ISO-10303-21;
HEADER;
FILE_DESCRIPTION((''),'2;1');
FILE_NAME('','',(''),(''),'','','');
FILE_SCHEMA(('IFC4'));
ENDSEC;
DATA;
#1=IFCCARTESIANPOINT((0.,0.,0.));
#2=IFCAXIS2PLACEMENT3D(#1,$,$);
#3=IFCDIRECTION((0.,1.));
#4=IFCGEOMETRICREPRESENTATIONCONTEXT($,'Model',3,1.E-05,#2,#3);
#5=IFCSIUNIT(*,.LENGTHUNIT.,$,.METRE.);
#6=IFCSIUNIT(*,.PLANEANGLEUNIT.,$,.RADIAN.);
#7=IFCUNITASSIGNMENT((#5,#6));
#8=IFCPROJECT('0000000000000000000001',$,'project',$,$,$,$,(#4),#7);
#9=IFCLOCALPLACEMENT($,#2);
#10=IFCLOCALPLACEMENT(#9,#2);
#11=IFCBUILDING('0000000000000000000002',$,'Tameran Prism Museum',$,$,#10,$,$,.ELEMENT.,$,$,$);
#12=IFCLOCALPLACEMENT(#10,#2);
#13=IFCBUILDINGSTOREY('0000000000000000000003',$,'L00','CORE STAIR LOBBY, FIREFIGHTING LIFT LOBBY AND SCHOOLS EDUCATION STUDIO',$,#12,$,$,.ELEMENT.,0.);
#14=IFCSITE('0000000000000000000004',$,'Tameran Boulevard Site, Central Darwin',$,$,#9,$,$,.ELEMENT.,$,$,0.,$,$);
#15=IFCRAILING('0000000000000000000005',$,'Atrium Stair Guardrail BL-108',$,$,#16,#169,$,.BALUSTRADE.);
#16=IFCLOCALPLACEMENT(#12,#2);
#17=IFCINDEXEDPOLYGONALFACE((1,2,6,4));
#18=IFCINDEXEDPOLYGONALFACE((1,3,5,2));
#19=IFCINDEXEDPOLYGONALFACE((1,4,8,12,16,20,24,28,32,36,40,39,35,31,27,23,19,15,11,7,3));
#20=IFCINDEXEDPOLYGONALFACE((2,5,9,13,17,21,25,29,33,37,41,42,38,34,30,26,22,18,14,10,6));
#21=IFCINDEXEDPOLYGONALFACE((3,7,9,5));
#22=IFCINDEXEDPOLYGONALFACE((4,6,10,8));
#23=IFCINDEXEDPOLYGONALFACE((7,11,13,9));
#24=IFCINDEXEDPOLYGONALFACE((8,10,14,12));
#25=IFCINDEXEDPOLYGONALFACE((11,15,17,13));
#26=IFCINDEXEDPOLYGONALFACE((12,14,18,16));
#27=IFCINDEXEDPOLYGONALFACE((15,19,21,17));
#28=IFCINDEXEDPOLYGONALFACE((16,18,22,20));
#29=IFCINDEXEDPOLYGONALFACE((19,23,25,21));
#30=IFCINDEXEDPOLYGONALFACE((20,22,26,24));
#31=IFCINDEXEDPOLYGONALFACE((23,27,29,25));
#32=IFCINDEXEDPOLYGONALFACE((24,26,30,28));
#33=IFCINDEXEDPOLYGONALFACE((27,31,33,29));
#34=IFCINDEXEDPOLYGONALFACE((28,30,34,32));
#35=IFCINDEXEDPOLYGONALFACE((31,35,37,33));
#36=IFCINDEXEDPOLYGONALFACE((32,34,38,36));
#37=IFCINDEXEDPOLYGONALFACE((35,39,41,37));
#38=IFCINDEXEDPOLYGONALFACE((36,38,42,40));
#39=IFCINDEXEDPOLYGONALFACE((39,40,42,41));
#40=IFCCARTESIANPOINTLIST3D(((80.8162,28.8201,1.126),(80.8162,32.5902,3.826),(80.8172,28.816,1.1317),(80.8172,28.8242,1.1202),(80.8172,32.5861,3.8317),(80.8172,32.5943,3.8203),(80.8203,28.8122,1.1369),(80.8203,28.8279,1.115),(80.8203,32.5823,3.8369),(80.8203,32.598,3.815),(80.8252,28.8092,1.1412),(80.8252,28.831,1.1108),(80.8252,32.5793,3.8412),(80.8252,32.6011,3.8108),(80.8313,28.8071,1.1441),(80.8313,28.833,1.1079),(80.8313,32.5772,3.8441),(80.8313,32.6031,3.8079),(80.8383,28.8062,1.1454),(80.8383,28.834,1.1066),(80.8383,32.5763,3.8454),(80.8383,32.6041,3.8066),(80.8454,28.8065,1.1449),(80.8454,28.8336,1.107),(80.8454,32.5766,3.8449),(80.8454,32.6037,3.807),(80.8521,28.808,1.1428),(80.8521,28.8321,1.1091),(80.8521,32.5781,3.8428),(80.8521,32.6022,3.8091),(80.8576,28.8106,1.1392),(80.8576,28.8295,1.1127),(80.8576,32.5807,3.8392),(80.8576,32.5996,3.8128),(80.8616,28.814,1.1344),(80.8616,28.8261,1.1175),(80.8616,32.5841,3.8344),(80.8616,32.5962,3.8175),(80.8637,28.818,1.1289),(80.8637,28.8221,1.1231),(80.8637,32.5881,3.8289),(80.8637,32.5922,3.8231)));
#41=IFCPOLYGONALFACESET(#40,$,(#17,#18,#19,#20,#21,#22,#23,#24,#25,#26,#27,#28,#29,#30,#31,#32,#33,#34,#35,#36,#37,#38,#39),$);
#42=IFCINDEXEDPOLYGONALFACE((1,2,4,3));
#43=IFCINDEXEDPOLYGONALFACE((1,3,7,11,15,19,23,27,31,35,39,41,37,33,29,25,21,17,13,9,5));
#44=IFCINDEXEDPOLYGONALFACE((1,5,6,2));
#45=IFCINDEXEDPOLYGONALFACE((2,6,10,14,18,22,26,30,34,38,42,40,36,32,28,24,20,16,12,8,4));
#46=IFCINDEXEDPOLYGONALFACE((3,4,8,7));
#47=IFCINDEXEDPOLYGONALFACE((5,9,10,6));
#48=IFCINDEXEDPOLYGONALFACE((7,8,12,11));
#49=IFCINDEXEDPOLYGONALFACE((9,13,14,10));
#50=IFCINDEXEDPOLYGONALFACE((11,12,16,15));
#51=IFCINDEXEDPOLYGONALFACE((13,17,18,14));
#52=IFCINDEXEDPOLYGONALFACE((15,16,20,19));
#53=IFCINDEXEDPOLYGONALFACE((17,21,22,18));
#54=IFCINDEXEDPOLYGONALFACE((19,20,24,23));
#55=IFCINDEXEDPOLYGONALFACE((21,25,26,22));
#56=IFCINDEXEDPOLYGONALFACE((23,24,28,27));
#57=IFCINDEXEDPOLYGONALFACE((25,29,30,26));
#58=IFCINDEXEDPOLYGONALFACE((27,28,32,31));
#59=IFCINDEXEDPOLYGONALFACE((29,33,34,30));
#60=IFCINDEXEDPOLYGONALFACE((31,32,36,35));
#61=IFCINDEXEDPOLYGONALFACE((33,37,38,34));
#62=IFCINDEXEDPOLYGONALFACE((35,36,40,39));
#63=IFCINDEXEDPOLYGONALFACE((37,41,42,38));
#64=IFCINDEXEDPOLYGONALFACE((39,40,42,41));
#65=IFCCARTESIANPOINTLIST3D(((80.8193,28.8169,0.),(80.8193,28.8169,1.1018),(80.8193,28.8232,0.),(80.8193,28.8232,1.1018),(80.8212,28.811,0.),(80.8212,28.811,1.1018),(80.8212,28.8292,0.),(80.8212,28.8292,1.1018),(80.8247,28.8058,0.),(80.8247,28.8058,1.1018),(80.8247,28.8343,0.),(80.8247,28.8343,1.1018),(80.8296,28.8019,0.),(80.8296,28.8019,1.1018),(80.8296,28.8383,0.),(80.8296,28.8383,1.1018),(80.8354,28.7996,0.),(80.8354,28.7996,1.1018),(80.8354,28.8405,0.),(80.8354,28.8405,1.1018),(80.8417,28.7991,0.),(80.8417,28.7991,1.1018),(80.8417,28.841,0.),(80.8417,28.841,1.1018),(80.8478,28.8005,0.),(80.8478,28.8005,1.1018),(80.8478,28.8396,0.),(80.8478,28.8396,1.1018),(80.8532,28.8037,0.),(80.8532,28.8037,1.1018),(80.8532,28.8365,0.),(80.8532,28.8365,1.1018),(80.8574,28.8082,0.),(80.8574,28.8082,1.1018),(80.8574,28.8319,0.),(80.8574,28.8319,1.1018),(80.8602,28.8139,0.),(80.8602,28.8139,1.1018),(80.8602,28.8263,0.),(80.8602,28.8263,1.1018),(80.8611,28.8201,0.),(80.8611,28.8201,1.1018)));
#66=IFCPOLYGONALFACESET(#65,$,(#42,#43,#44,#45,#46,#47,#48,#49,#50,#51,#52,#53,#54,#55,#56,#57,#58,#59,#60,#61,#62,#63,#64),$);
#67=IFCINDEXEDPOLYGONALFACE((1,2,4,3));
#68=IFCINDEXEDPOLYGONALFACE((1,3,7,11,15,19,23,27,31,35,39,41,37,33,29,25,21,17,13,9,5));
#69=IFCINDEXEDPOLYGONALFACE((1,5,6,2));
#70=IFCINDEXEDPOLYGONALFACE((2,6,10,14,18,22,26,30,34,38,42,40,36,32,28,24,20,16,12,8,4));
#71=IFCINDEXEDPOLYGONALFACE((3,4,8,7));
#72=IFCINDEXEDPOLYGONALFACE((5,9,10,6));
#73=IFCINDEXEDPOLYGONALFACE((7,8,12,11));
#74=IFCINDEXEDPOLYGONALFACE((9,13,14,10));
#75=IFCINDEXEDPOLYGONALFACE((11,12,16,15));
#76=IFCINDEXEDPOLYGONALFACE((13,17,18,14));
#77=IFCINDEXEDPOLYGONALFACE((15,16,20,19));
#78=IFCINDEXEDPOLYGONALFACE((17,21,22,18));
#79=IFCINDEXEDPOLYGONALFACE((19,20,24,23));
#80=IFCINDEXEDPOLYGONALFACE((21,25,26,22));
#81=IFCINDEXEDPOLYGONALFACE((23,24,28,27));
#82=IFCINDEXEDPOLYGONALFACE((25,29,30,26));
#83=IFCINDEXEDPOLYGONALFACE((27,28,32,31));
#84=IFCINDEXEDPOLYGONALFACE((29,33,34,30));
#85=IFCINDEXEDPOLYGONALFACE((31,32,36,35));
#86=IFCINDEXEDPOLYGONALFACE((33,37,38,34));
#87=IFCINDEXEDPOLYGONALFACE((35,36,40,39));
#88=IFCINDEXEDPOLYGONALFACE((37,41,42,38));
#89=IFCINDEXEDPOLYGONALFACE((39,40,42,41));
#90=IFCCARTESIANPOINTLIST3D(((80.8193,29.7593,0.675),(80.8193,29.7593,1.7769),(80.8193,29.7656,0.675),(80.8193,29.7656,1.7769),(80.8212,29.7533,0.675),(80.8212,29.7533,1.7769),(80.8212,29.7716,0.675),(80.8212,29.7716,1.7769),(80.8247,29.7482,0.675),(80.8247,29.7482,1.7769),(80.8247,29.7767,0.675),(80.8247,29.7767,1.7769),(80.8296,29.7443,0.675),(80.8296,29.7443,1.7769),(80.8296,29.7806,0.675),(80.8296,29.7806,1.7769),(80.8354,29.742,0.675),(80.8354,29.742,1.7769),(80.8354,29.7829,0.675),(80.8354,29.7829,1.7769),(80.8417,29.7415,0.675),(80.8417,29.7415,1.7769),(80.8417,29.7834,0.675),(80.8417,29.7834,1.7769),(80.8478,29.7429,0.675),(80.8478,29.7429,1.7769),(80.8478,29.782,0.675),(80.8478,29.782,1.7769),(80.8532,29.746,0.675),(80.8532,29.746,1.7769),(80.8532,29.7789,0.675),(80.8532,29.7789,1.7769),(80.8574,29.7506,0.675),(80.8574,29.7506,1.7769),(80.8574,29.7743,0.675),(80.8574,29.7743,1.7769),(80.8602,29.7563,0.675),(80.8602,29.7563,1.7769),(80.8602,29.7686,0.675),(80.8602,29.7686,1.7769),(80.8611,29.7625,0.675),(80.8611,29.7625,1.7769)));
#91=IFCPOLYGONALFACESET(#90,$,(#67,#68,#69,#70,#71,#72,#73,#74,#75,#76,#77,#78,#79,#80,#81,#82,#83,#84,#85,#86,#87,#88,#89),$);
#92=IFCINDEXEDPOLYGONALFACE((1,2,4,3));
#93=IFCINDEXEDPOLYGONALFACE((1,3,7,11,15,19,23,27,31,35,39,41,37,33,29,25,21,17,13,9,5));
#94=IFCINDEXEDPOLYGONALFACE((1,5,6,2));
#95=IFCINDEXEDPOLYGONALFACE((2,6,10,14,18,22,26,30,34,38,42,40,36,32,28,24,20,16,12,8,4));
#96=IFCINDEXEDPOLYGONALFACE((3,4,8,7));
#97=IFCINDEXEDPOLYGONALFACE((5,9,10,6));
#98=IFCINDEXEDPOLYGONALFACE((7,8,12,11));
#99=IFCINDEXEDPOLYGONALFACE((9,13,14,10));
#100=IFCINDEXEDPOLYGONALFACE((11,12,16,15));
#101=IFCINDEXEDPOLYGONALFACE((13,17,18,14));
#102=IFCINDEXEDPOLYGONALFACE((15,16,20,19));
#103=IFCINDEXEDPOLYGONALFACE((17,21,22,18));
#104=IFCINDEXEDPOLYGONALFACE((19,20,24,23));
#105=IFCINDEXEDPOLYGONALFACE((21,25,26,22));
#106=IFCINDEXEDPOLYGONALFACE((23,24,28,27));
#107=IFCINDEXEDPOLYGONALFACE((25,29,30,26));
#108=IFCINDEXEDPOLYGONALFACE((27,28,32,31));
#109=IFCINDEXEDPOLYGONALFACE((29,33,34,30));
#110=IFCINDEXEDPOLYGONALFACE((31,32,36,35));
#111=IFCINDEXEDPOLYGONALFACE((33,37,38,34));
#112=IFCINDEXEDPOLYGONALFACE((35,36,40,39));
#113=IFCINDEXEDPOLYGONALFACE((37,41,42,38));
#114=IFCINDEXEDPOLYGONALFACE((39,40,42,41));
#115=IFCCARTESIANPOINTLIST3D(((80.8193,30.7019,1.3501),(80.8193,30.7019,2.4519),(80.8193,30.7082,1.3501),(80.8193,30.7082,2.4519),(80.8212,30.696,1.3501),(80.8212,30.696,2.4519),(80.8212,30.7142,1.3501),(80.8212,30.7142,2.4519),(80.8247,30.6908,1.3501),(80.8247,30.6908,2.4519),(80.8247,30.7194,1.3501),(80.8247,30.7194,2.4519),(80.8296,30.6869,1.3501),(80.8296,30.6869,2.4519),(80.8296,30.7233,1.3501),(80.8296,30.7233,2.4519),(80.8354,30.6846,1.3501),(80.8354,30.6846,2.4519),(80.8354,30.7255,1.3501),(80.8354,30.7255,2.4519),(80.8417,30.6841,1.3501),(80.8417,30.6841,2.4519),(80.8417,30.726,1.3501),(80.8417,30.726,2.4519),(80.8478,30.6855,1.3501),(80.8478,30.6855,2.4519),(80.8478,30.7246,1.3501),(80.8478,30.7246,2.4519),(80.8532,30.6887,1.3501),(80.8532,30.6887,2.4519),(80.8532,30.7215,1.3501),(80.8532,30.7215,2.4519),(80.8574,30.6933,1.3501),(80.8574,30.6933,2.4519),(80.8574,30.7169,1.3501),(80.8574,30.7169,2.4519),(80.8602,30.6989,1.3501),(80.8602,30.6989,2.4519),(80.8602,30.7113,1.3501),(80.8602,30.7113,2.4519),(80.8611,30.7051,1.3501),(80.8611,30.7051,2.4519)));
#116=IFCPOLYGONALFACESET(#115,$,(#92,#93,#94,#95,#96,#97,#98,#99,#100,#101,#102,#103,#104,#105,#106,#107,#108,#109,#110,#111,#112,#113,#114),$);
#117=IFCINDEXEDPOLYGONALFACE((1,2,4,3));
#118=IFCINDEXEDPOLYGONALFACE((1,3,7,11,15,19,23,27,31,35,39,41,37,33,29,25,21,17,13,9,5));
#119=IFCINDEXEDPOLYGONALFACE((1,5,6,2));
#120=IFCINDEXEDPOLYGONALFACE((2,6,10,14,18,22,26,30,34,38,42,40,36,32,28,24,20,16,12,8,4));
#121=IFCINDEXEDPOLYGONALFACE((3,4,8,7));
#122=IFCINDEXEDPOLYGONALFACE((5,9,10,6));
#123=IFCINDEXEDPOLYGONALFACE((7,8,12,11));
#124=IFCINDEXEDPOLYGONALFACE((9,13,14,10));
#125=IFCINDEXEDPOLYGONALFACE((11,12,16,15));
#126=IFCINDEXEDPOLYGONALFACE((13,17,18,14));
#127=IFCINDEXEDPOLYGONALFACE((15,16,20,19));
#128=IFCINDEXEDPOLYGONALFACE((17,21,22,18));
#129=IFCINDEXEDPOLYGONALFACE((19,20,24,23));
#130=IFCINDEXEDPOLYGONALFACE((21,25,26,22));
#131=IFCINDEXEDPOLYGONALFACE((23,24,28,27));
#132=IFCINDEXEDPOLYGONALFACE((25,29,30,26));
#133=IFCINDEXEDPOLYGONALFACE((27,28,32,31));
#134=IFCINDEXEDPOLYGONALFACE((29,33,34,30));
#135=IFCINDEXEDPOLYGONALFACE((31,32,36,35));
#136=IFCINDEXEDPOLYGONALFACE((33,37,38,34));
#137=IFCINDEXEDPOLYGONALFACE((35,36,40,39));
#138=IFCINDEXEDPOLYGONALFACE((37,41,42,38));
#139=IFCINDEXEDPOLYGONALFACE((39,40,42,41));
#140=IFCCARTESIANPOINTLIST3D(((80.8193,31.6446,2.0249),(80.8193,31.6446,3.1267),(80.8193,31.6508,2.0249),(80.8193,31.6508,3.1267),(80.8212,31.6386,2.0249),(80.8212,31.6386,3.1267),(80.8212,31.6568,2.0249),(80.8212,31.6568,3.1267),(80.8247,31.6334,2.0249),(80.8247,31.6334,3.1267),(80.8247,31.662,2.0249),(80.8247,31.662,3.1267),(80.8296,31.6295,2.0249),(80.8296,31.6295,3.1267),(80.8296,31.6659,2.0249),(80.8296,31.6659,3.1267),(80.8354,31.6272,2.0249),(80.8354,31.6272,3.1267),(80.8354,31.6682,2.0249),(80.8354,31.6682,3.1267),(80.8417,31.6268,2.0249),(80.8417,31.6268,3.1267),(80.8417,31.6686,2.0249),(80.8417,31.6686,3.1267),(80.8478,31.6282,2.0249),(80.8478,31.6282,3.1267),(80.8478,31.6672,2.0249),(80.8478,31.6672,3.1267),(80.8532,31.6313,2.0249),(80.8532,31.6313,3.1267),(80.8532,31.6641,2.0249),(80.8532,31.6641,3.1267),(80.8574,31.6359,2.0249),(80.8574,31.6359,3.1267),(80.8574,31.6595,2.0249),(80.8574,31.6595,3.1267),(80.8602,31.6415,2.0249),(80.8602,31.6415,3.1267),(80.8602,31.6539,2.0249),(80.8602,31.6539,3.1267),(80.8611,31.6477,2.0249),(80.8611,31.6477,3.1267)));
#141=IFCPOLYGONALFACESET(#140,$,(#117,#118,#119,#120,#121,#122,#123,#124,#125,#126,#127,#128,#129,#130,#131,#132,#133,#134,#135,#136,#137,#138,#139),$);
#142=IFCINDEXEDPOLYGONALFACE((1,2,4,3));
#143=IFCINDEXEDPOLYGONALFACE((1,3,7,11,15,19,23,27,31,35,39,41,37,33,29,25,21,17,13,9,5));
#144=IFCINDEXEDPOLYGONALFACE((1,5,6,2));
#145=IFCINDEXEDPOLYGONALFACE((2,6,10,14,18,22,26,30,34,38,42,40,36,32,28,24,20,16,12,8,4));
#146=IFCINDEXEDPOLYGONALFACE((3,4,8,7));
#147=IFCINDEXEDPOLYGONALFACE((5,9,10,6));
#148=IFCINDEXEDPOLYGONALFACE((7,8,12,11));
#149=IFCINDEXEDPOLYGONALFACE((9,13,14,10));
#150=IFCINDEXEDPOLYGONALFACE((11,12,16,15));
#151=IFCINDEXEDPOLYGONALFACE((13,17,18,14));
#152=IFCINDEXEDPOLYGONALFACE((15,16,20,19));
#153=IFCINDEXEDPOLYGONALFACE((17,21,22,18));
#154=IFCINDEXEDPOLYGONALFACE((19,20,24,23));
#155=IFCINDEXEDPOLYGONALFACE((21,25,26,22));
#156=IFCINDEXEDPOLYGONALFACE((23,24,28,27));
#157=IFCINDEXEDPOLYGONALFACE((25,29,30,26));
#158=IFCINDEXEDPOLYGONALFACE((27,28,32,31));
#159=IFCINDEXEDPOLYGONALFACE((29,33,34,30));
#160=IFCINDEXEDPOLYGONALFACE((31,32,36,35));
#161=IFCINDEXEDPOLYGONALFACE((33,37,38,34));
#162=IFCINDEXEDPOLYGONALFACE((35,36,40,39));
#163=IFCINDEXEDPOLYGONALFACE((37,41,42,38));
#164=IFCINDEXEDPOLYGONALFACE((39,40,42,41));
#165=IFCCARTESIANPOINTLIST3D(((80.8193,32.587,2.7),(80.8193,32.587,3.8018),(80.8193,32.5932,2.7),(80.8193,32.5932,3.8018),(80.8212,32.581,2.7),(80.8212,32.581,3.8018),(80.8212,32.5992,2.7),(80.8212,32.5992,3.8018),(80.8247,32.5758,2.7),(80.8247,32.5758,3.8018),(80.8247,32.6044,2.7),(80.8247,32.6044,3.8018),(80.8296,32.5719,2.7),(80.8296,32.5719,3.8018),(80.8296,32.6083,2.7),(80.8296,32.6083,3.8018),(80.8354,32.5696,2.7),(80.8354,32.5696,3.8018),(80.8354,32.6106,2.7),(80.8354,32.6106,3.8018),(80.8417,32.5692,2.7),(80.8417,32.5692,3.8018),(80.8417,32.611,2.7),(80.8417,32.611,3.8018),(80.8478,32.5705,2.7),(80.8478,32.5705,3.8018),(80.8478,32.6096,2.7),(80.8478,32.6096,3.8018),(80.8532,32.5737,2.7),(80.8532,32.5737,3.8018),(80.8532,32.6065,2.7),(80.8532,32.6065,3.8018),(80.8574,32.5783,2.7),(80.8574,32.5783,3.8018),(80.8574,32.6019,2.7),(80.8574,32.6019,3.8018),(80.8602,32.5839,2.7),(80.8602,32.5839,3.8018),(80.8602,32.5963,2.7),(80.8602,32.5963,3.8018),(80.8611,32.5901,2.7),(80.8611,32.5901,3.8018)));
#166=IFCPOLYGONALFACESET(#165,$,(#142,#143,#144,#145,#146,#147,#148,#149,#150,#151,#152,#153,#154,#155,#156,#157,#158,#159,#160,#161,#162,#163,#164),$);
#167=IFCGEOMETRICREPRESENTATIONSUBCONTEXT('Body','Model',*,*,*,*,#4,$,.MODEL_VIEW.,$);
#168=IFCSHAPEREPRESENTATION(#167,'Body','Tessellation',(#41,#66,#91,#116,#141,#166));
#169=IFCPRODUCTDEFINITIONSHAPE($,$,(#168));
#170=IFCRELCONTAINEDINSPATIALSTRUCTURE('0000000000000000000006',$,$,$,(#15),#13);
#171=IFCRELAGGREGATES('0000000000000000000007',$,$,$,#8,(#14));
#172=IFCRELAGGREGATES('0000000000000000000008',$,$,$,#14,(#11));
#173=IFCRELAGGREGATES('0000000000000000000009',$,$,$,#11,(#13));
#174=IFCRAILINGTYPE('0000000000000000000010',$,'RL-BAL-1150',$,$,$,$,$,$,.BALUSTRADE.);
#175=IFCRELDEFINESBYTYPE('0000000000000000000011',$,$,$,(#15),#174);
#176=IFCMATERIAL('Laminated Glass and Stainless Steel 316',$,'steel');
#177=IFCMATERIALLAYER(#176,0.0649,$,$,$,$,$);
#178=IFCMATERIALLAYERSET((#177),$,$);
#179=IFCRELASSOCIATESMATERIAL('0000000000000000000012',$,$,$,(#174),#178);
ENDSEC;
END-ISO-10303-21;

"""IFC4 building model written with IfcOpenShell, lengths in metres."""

from ifc_helpers import new_model, si_unit, direction, frame, origin, origin_2d, place, context, subcontext, project, spatial, circle, extrude, material, layer, layer_set, type_object, element, save


model = new_model("IFC4")

# Units and contexts
model_context = context("Model", 3, precision=1e-05, world=origin(), true_north=direction((0.0, 1.0)))
body_context = subcontext(model_context, "Body", "Model", "MODEL_VIEW")
ifc_project = project(units=[si_unit("LENGTHUNIT", "METRE"), si_unit("PLANEANGLEUNIT", "RADIAN")], contexts=[model_context])

# Site, building, storey
site_placement = place(None, origin())
site = spatial("IfcSite", under=ifc_project, at=site_placement, Name="Tameran Boulevard Site, Central Darwin", CompositionType="ELEMENT", RefElevation=0.0)
building_placement = place(site_placement, origin())
building = spatial("IfcBuilding", under=site, at=building_placement, Name="Tameran Prism Museum", CompositionType="ELEMENT")
storey_placement = place(building_placement, origin())
storey = spatial("IfcBuildingStorey", under=building, at=storey_placement, Name="L00", Description="CORE STAIR LOBBY, FIREFIGHTING LIFT LOBBY AND SCHOOLS EDUCATION STUDIO", CompositionType="ELEMENT", Elevation=0.0)

# Railing
ifc_material_1 = material(Name="Laminated Glass and Stainless Steel 316", Category="steel")
ifc_layer_1 = layer(ifc_material_1, 0.0649)
ifc_layer_set_1 = layer_set([ifc_layer_1])
railing_type = type_object("IfcRailingType", Name="RL-BAL-1150", PredefinedType="BALUSTRADE", material=ifc_layer_set_1)
for number, where, name in (
    (1, (80.8401, 28.8201, 0.0), "Atrium Stair Guardrail BL-108"),
):
    element("IfcRailing", number, at=place(storey_placement, frame(where)), inside=storey, type_object=railing_type, Name=name, PredefinedType="BALUSTRADE", context=body_context, shape_type="SweptSolid", body=[
        extrude(circle(Radius=0.0239, at=origin_2d()), frame((0.0, 0.0, 1.126), z_axis=(0.0, 0.813011, 0.582249), x_axis=(-1.0, 0.0, 0.0)), (0.0, 0.0, 1.0), 4.6372),
        extrude(circle(Radius=0.021, at=origin_2d()), origin(), (0.0, 0.0, 1.0), 1.1018),
        extrude(circle(Radius=0.021, at=origin_2d()), frame((0.0, 0.9424, 0.675)), (0.0, 0.0, 1.0), 1.1018),
        extrude(circle(Radius=0.021, at=origin_2d()), frame((0.0, 1.885, 1.3501)), (0.0, 0.0, 1.0), 1.1018),
        extrude(circle(Radius=0.021, at=origin_2d()), frame((0.0, 2.8276, 2.0249)), (0.0, 0.0, 1.0), 1.1018),
        extrude(circle(Radius=0.021, at=origin_2d()), frame((0.0, 3.77, 2.7)), (0.0, 0.0, 1.0), 1.1018),
    ])

save(model, "model.ifc")
